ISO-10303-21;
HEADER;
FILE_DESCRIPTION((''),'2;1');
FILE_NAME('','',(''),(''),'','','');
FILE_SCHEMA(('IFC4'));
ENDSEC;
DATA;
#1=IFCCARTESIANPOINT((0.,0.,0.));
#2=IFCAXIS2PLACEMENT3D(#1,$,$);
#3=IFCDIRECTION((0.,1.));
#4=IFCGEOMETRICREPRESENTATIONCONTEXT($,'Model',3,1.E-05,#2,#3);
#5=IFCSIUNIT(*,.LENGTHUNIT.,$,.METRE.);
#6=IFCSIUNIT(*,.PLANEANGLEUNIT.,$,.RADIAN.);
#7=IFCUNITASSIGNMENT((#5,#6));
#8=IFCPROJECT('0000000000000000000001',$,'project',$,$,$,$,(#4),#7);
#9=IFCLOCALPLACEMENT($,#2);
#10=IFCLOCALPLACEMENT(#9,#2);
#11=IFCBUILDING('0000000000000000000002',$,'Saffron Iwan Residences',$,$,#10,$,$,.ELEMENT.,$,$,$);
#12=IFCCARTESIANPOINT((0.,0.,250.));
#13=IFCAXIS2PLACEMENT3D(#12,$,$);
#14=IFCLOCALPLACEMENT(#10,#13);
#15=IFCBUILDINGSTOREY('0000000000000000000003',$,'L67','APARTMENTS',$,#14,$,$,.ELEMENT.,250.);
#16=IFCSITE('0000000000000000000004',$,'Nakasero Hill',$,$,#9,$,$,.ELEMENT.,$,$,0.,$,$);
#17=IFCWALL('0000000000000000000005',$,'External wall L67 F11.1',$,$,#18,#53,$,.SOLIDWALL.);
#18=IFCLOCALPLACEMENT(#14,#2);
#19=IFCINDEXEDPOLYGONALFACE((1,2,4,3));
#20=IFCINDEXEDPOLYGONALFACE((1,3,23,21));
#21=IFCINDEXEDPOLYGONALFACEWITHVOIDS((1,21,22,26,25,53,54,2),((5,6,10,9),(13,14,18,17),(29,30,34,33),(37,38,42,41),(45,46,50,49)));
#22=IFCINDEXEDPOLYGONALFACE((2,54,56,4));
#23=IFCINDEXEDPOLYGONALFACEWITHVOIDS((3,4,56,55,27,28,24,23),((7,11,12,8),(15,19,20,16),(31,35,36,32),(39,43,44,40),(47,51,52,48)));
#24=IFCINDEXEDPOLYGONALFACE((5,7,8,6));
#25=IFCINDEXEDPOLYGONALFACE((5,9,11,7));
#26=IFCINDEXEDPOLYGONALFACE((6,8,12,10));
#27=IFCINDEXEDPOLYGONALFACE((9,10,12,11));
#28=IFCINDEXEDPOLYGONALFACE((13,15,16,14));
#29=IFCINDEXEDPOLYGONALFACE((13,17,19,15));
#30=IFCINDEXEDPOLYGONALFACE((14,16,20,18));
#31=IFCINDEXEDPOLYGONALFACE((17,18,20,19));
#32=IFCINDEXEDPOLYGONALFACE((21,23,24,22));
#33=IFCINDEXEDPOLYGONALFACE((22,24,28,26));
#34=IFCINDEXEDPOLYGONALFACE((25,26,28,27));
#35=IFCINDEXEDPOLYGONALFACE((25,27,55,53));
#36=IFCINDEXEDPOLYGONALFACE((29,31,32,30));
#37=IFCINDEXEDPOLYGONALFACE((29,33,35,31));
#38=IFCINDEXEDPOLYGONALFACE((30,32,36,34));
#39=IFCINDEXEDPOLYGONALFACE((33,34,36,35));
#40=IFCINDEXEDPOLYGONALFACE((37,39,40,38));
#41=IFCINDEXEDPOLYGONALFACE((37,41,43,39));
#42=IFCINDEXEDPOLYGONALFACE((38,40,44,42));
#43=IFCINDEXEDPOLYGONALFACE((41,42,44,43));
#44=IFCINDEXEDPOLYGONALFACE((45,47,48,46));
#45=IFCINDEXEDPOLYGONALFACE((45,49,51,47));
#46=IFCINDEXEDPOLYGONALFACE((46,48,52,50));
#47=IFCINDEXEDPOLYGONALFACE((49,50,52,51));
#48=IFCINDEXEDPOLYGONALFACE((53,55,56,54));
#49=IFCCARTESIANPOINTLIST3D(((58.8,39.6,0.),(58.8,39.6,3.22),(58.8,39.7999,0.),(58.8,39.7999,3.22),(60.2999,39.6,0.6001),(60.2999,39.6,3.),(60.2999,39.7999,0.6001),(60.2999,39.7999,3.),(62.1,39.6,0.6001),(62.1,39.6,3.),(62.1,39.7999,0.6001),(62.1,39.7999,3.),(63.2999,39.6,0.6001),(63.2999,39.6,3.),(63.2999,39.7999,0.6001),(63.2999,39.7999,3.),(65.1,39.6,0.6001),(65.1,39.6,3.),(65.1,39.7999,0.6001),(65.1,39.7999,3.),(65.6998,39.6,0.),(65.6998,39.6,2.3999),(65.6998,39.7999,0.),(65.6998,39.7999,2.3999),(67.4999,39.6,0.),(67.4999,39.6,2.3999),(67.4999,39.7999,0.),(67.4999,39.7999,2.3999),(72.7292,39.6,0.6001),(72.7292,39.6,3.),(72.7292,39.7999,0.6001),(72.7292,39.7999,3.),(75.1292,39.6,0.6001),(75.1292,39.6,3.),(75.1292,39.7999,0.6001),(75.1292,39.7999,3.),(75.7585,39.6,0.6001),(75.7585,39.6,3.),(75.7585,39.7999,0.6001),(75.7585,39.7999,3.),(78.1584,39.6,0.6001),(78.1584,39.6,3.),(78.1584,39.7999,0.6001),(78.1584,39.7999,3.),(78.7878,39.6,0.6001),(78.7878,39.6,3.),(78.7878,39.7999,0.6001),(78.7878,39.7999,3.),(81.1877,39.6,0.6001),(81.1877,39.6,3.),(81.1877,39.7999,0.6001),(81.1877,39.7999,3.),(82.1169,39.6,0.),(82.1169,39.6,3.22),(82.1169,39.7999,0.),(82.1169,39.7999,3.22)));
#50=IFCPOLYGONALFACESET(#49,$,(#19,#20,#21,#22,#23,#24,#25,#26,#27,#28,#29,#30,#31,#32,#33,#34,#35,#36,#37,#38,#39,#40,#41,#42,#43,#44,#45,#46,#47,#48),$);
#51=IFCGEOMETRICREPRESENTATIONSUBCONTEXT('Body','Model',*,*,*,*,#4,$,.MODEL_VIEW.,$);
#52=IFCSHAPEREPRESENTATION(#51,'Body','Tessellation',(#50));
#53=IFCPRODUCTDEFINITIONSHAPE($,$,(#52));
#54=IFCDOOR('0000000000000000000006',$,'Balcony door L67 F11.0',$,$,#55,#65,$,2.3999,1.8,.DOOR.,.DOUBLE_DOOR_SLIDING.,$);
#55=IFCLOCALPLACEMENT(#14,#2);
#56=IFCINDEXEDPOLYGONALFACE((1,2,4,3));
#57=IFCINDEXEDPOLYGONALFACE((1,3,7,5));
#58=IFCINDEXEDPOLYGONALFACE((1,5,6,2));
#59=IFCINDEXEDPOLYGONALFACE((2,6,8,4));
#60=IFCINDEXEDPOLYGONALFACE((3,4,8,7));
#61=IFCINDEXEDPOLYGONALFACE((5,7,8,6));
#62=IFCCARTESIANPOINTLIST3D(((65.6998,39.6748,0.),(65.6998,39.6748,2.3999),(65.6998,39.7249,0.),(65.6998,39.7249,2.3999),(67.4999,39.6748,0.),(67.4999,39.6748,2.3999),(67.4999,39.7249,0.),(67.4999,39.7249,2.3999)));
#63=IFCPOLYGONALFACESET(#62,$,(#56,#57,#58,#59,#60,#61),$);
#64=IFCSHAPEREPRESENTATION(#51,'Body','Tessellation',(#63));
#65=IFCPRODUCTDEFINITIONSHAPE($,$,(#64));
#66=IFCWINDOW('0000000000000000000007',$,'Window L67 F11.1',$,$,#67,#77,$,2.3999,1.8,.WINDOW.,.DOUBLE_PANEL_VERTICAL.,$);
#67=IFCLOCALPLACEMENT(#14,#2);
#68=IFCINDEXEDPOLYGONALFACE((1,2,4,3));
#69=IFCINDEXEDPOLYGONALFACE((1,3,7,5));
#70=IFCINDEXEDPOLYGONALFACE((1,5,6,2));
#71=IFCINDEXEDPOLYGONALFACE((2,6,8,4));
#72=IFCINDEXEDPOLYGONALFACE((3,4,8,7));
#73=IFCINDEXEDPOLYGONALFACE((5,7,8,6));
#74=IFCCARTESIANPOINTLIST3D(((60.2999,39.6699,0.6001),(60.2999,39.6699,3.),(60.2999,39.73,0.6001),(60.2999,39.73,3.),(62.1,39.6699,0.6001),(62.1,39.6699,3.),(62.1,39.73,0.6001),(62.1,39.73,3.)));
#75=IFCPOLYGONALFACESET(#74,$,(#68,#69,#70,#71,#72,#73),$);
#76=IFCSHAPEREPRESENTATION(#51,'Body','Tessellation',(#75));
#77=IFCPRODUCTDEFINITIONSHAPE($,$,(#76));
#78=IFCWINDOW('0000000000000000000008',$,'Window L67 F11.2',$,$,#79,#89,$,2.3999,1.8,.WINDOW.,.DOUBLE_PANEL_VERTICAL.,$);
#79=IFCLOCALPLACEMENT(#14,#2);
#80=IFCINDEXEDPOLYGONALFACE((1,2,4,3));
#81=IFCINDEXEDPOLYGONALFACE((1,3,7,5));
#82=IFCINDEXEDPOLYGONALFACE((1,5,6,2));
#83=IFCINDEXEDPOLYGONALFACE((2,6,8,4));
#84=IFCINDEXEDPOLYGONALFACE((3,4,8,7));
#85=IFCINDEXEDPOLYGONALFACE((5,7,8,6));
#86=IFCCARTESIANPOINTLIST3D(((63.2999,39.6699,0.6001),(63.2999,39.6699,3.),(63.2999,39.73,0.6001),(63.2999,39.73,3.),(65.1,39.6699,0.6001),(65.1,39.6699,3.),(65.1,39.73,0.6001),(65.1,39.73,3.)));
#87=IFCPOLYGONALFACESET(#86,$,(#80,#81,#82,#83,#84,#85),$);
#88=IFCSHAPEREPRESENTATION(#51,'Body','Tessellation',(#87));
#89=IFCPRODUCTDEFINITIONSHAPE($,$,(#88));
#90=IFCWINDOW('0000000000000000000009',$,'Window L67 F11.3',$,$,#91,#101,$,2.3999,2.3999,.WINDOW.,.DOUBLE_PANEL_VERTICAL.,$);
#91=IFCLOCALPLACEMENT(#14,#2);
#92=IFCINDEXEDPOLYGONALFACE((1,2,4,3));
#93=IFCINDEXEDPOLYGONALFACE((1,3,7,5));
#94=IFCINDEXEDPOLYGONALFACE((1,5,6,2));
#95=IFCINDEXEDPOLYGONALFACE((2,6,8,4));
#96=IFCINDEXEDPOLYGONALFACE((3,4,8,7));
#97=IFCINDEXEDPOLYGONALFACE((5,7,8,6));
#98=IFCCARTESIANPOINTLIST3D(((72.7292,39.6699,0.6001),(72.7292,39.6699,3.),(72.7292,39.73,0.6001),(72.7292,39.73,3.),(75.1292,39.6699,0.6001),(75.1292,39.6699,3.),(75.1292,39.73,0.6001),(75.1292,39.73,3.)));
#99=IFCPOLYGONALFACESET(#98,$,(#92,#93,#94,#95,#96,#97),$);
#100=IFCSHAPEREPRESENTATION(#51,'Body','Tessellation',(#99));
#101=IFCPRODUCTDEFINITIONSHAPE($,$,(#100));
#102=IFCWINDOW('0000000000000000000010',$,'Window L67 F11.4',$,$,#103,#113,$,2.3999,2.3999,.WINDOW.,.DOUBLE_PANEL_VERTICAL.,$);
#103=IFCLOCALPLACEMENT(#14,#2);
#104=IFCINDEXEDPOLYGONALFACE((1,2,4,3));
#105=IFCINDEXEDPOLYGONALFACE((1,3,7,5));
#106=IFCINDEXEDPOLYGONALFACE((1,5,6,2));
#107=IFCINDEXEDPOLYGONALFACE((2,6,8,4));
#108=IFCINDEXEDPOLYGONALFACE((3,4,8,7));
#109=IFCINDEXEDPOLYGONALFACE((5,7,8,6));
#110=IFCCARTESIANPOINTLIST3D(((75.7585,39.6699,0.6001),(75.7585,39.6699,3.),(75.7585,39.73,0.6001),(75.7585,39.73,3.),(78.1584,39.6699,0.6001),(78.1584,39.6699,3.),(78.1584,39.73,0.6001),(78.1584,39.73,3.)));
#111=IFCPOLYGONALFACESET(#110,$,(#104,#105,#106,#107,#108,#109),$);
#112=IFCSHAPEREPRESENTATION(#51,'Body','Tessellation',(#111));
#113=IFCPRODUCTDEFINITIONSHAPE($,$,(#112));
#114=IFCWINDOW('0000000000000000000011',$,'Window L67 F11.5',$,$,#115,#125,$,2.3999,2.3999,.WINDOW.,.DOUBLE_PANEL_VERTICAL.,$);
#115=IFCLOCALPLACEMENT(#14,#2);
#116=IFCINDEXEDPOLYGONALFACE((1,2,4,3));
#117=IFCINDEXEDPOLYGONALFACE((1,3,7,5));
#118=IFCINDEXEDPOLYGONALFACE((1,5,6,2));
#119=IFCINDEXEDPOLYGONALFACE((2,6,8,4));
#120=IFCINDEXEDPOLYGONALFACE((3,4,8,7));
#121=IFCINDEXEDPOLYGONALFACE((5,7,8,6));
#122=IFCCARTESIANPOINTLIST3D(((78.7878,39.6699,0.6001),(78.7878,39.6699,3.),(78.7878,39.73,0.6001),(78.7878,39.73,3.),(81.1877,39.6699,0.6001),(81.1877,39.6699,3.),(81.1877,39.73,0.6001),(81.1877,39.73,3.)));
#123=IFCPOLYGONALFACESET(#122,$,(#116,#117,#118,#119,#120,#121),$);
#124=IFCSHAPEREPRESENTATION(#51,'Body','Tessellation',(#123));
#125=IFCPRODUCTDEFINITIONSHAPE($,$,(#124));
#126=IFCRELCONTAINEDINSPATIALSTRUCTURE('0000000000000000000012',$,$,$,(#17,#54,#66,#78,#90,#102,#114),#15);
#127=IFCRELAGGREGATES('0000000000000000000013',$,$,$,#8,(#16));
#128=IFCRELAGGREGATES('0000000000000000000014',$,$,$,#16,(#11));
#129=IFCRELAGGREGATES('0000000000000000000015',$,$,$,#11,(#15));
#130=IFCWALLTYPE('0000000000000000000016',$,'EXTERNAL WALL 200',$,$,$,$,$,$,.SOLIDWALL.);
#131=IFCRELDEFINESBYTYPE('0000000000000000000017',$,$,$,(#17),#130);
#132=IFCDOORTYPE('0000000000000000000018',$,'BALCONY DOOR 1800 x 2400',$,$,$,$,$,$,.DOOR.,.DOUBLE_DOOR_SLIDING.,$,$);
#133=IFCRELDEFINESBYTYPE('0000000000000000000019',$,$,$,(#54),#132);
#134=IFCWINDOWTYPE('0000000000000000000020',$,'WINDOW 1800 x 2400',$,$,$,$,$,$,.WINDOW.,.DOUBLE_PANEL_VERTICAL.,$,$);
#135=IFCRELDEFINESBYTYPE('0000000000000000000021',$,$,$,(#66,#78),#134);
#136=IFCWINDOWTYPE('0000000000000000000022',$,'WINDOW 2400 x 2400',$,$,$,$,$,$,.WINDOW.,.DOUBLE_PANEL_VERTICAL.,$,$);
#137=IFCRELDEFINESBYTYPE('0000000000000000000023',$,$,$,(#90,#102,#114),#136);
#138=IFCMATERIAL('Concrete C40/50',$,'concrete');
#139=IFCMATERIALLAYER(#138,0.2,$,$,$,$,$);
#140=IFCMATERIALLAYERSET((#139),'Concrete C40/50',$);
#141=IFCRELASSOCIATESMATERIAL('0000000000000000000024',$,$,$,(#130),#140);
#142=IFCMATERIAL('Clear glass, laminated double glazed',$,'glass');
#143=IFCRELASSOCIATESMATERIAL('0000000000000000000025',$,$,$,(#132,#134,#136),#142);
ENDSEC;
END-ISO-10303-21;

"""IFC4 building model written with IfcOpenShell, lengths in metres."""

from ifc_helpers import new_model, si_unit, direction, frame, frame_2d, origin, place, context, subcontext, project, spatial, rectangle, extrude, material, layer, layer_set, type_object, element, fill, save


model = new_model("IFC4")

# Units and contexts
model_context = context("Model", 3, precision=1e-05, world=origin(), true_north=direction((0.0, 1.0)))
body_context = subcontext(model_context, "Body", "Model", "MODEL_VIEW")
ifc_project = project(units=[si_unit("LENGTHUNIT", "METRE"), si_unit("PLANEANGLEUNIT", "RADIAN")], contexts=[model_context])

# Site, building, storey
site_placement = place(None, origin())
site = spatial("IfcSite", under=ifc_project, at=site_placement, Name="Nakasero Hill", CompositionType="ELEMENT", RefElevation=0.0)
building_placement = place(site_placement, origin())
building = spatial("IfcBuilding", under=site, at=building_placement, Name="Saffron Iwan Residences", CompositionType="ELEMENT")
storey_placement = place(building_placement, frame((0.0, 0.0, 250.0)))
storey = spatial("IfcBuildingStorey", under=building, at=storey_placement, Name="L67", Description="APARTMENTS", CompositionType="ELEMENT", Elevation=250.0)

# Shared definitions
ifc_material_1 = material(Name="Concrete C40/50", Category="concrete")

# Wall, openings, door, windows
ifc_layer_1 = layer(ifc_material_1, 0.2)
ifc_layer_set_1 = layer_set([ifc_layer_1], Name="Concrete C40/50")
wall_type_1 = type_object("IfcWallType", Name="EXTERNAL WALL 200", PredefinedType="SOLIDWALL", material=ifc_layer_set_1)
wall_1_placement = place(storey_placement, frame((58.8, 39.7, 0.0), z_axis=(0.0, 0.0, 1.0), x_axis=(1.0, 0.0, 0.0)))
wall_1 = element("IfcWall", 1, at=wall_1_placement, inside=storey, type_object=wall_type_1, Name="External wall L67 F11.1", PredefinedType="SOLIDWALL", context=body_context, shape_type="SweptSolid", body=[
    extrude(rectangle(XDim=23.3169, YDim=0.2, at=frame_2d((11.6584, 0.0))), origin(), (0.0, 0.0, 1.0), 3.22),
])
opening_1_placement = place(wall_1_placement, frame((6.8999, 0.0, 0.0)))
opening_1 = element("IfcOpeningElement", 2, at=opening_1_placement, cuts=wall_1, PredefinedType="OPENING", context=body_context, shape_type="SweptSolid", body=[
    extrude(rectangle(XDim=1.8, YDim=2.3999, at=frame_2d((0.8999, 1.2))), frame((0.0, 0.1099, 0.0), z_axis=(0.0, -1.0, 0.0), x_axis=(1.0, 0.0, 0.0)), (0.0, 0.0, 1.0), 0.22),
])
opening_2_placement = place(wall_1_placement, frame((1.5, 0.0, 0.6001)))
opening_2 = element("IfcOpeningElement", 3, at=opening_2_placement, cuts=wall_1, PredefinedType="OPENING", context=body_context, shape_type="SweptSolid", body=[
    extrude(rectangle(XDim=1.8, YDim=2.3999, at=frame_2d((0.8999, 1.2))), frame((0.0, 0.1099, 0.0), z_axis=(0.0, -1.0, 0.0), x_axis=(1.0, 0.0, 0.0)), (0.0, 0.0, 1.0), 0.22),
])
opening_3_placement = place(wall_1_placement, frame((4.5, 0.0, 0.6001)))
opening_3 = element("IfcOpeningElement", 4, at=opening_3_placement, cuts=wall_1, PredefinedType="OPENING", context=body_context, shape_type="SweptSolid", body=[
    extrude(rectangle(XDim=1.8, YDim=2.3999, at=frame_2d((0.8999, 1.2))), frame((0.0, 0.1099, 0.0), z_axis=(0.0, -1.0, 0.0), x_axis=(1.0, 0.0, 0.0)), (0.0, 0.0, 1.0), 0.22),
])
opening_4_placement = place(wall_1_placement, frame((13.9292, 0.0, 0.6001)))
opening_4 = element("IfcOpeningElement", 5, at=opening_4_placement, cuts=wall_1, PredefinedType="OPENING", context=body_context, shape_type="SweptSolid", body=[
    extrude(rectangle(XDim=2.3999, YDim=2.3999, at=frame_2d((1.2, 1.2))), frame((0.0, 0.1099, 0.0), z_axis=(0.0, -1.0, 0.0), x_axis=(1.0, 0.0, 0.0)), (0.0, 0.0, 1.0), 0.22),
])
opening_5_placement = place(wall_1_placement, frame((16.9585, 0.0, 0.6001)))
opening_5 = element("IfcOpeningElement", 6, at=opening_5_placement, cuts=wall_1, PredefinedType="OPENING", context=body_context, shape_type="SweptSolid", body=[
    extrude(rectangle(XDim=2.3999, YDim=2.3999, at=frame_2d((1.2, 1.2))), frame((0.0, 0.1099, 0.0), z_axis=(0.0, -1.0, 0.0), x_axis=(1.0, 0.0, 0.0)), (0.0, 0.0, 1.0), 0.22),
])
opening_6_placement = place(wall_1_placement, frame((19.9878, 0.0, 0.6001)))
opening_6 = element("IfcOpeningElement", 7, at=opening_6_placement, cuts=wall_1, PredefinedType="OPENING", context=body_context, shape_type="SweptSolid", body=[
    extrude(rectangle(XDim=2.3999, YDim=2.3999, at=frame_2d((1.2, 1.2))), frame((0.0, 0.1099, 0.0), z_axis=(0.0, -1.0, 0.0), x_axis=(1.0, 0.0, 0.0)), (0.0, 0.0, 1.0), 0.22),
])
ifc_material_2 = material(Name="Clear glass, laminated double glazed", Category="glass")
door_type_1 = type_object("IfcDoorType", Name="BALCONY DOOR 1800 x 2400", OperationType="DOUBLE_DOOR_SLIDING", PredefinedType="DOOR", material=ifc_material_2)
door_1_placement = place(opening_1_placement, origin())
door_1 = element("IfcDoor", 8, at=door_1_placement, inside=storey, type_object=door_type_1, Name="Balcony door L67 F11.0", OperationType="DOUBLE_DOOR_SLIDING", OverallHeight=2.3999, OverallWidth=1.8, PredefinedType="DOOR", context=body_context, shape_type="SweptSolid", body=[
    extrude(rectangle(XDim=1.8, YDim=2.3999, at=frame_2d((0.8999, 1.2))), frame((0.0, 0.0249, 0.0), z_axis=(0.0, -1.0, 0.0), x_axis=(1.0, 0.0, 0.0)), (0.0, 0.0, 1.0), 0.05),
])
fill(opening_1, door_1)
window_type_1 = type_object("IfcWindowType", Name="WINDOW 1800 x 2400", PartitioningType="DOUBLE_PANEL_VERTICAL", PredefinedType="WINDOW", material=ifc_material_2)
window_1_placement = place(opening_2_placement, origin())
window_1 = element("IfcWindow", 9, at=window_1_placement, inside=storey, type_object=window_type_1, Name="Window L67 F11.1", OverallHeight=2.3999, OverallWidth=1.8, PartitioningType="DOUBLE_PANEL_VERTICAL", PredefinedType="WINDOW", context=body_context, shape_type="SweptSolid", body=[
    extrude(rectangle(XDim=1.8, YDim=2.3999, at=frame_2d((0.8999, 1.2))), frame((0.0, 0.03, 0.0), z_axis=(0.0, -1.0, 0.0), x_axis=(1.0, 0.0, 0.0)), (0.0, 0.0, 1.0), 0.0601),
])
fill(opening_2, window_1)
window_2_placement = place(opening_3_placement, origin())
window_2 = element("IfcWindow", 10, at=window_2_placement, inside=storey, type_object=window_type_1, Name="Window L67 F11.2", OverallHeight=2.3999, OverallWidth=1.8, PartitioningType="DOUBLE_PANEL_VERTICAL", PredefinedType="WINDOW", context=body_context, shape_type="SweptSolid", body=[
    extrude(rectangle(XDim=1.8, YDim=2.3999, at=frame_2d((0.8999, 1.2))), frame((0.0, 0.03, 0.0), z_axis=(0.0, -1.0, 0.0), x_axis=(1.0, 0.0, 0.0)), (0.0, 0.0, 1.0), 0.0601),
])
fill(opening_3, window_2)
window_type_2 = type_object("IfcWindowType", Name="WINDOW 2400 x 2400", PartitioningType="DOUBLE_PANEL_VERTICAL", PredefinedType="WINDOW", material=ifc_material_2)
window_3_placement = place(opening_4_placement, origin())
window_3 = element("IfcWindow", 11, at=window_3_placement, inside=storey, type_object=window_type_2, Name="Window L67 F11.3", OverallHeight=2.3999, OverallWidth=2.3999, PartitioningType="DOUBLE_PANEL_VERTICAL", PredefinedType="WINDOW", context=body_context, shape_type="SweptSolid", body=[
    extrude(rectangle(XDim=2.3999, YDim=2.3999, at=frame_2d((1.2, 1.2))), frame((0.0, 0.03, 0.0), z_axis=(0.0, -1.0, 0.0), x_axis=(1.0, 0.0, 0.0)), (0.0, 0.0, 1.0), 0.0601),
])
fill(opening_4, window_3)
window_4_placement = place(opening_5_placement, origin())
window_4 = element("IfcWindow", 12, at=window_4_placement, inside=storey, type_object=window_type_2, Name="Window L67 F11.4", OverallHeight=2.3999, OverallWidth=2.3999, PartitioningType="DOUBLE_PANEL_VERTICAL", PredefinedType="WINDOW", context=body_context, shape_type="SweptSolid", body=[
    extrude(rectangle(XDim=2.3999, YDim=2.3999, at=frame_2d((1.2, 1.2))), frame((0.0, 0.03, 0.0), z_axis=(0.0, -1.0, 0.0), x_axis=(1.0, 0.0, 0.0)), (0.0, 0.0, 1.0), 0.0601),
])
fill(opening_5, window_4)
window_5_placement = place(opening_6_placement, origin())
window_5 = element("IfcWindow", 13, at=window_5_placement, inside=storey, type_object=window_type_2, Name="Window L67 F11.5", OverallHeight=2.3999, OverallWidth=2.3999, PartitioningType="DOUBLE_PANEL_VERTICAL", PredefinedType="WINDOW", context=body_context, shape_type="SweptSolid", body=[
    extrude(rectangle(XDim=2.3999, YDim=2.3999, at=frame_2d((1.2, 1.2))), frame((0.0, 0.03, 0.0), z_axis=(0.0, -1.0, 0.0), x_axis=(1.0, 0.0, 0.0)), (0.0, 0.0, 1.0), 0.0601),
])
fill(opening_6, window_5)

save(model, "model.ifc")
